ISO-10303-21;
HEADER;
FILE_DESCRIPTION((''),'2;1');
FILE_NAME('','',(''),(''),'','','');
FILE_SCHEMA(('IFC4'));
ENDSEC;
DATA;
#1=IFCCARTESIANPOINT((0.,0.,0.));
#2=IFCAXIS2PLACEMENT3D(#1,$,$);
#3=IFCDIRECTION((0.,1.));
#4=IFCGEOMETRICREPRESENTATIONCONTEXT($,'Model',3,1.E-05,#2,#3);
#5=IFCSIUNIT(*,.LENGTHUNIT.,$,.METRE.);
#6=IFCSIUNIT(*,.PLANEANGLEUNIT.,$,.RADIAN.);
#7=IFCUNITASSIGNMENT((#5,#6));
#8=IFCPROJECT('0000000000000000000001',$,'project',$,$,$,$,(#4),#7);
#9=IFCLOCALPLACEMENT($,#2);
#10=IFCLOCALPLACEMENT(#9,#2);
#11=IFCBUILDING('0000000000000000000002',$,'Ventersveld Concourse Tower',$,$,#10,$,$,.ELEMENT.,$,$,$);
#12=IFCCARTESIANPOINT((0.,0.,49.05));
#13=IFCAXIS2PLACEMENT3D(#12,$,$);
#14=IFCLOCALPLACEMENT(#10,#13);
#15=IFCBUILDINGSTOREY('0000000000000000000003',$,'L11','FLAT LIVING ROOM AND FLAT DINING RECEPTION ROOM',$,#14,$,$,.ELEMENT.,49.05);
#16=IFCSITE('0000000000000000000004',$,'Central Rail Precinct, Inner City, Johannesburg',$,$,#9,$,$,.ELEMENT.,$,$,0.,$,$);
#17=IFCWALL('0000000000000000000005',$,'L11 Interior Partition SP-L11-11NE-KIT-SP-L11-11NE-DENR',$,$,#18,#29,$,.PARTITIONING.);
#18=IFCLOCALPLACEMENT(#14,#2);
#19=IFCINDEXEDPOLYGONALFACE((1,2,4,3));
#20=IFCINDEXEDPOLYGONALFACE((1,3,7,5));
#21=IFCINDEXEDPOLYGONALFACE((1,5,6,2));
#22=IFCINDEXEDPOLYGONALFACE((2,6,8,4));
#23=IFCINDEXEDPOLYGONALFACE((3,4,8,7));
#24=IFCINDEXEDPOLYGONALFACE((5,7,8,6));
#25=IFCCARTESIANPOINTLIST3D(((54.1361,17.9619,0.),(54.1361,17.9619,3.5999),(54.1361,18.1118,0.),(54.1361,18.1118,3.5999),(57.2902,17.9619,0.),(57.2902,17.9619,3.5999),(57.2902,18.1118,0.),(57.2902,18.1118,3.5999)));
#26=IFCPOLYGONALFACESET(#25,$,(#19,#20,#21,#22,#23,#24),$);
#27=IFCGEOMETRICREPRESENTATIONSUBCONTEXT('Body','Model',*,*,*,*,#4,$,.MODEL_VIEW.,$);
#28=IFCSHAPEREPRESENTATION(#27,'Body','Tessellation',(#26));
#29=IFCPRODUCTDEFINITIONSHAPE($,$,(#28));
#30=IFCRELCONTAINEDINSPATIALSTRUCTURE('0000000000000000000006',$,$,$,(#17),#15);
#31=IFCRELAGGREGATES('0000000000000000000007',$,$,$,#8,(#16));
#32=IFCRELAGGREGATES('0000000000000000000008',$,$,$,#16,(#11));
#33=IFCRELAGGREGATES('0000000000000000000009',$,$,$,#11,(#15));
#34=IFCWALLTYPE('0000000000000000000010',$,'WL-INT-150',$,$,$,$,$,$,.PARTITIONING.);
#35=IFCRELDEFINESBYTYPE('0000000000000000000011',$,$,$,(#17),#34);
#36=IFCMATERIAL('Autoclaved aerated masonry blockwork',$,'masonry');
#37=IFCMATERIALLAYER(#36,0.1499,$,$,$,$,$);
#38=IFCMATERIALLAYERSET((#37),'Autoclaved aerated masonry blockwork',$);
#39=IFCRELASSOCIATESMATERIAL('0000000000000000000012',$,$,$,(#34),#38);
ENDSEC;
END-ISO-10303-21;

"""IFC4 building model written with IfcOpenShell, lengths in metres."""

from ifc_helpers import new_model, si_unit, direction, frame, frame_2d, origin, place, context, subcontext, project, spatial, rectangle, extrude, material, layer, layer_set, type_object, element, save


model = new_model("IFC4")

# Units and contexts
model_context = context("Model", 3, precision=1e-05, world=origin(), true_north=direction((0.0, 1.0)))
body_context = subcontext(model_context, "Body", "Model", "MODEL_VIEW")
ifc_project = project(units=[si_unit("LENGTHUNIT", "METRE"), si_unit("PLANEANGLEUNIT", "RADIAN")], contexts=[model_context])

# Site, building, storey
site_placement = place(None, origin())
site = spatial("IfcSite", under=ifc_project, at=site_placement, Name="Central Rail Precinct, Inner City, Johannesburg", CompositionType="ELEMENT", RefElevation=0.0)
building_placement = place(site_placement, origin())
building = spatial("IfcBuilding", under=site, at=building_placement, Name="Ventersveld Concourse Tower", CompositionType="ELEMENT")
storey_placement = place(building_placement, frame((0.0, 0.0, 49.05)))
storey = spatial("IfcBuildingStorey", under=building, at=storey_placement, Name="L11", Description="FLAT LIVING ROOM AND FLAT DINING RECEPTION ROOM", CompositionType="ELEMENT", Elevation=49.05)

# Shared definitions
ifc_material_1 = material(Name="Autoclaved aerated masonry blockwork", Category="masonry")
ifc_layer_1 = layer(ifc_material_1, 0.1499)
ifc_layer_set_1 = layer_set([ifc_layer_1], Name="Autoclaved aerated masonry blockwork")
wall_type_1 = type_object("IfcWallType", Name="WL-INT-150", PredefinedType="PARTITIONING", material=ifc_layer_set_1)

# Wall
wall_1_placement = place(storey_placement, frame((54.136, 18.0369, 0.0), z_axis=(0.0, 0.0, 1.0), x_axis=(1.0, 0.0, 0.0)))
element("IfcWall", 1, at=wall_1_placement, inside=storey, type_object=wall_type_1, Name="L11 Interior Partition SP-L11-11NE-KIT-SP-L11-11NE-DENR", PredefinedType="PARTITIONING", context=body_context, shape_type="SweptSolid", body=[
    extrude(rectangle(XDim=3.1541, YDim=0.1499, at=frame_2d((1.5771, 0.0))), origin(), (0.0, 0.0, 1.0), 3.5999),
])

save(model, "model.ifc")
